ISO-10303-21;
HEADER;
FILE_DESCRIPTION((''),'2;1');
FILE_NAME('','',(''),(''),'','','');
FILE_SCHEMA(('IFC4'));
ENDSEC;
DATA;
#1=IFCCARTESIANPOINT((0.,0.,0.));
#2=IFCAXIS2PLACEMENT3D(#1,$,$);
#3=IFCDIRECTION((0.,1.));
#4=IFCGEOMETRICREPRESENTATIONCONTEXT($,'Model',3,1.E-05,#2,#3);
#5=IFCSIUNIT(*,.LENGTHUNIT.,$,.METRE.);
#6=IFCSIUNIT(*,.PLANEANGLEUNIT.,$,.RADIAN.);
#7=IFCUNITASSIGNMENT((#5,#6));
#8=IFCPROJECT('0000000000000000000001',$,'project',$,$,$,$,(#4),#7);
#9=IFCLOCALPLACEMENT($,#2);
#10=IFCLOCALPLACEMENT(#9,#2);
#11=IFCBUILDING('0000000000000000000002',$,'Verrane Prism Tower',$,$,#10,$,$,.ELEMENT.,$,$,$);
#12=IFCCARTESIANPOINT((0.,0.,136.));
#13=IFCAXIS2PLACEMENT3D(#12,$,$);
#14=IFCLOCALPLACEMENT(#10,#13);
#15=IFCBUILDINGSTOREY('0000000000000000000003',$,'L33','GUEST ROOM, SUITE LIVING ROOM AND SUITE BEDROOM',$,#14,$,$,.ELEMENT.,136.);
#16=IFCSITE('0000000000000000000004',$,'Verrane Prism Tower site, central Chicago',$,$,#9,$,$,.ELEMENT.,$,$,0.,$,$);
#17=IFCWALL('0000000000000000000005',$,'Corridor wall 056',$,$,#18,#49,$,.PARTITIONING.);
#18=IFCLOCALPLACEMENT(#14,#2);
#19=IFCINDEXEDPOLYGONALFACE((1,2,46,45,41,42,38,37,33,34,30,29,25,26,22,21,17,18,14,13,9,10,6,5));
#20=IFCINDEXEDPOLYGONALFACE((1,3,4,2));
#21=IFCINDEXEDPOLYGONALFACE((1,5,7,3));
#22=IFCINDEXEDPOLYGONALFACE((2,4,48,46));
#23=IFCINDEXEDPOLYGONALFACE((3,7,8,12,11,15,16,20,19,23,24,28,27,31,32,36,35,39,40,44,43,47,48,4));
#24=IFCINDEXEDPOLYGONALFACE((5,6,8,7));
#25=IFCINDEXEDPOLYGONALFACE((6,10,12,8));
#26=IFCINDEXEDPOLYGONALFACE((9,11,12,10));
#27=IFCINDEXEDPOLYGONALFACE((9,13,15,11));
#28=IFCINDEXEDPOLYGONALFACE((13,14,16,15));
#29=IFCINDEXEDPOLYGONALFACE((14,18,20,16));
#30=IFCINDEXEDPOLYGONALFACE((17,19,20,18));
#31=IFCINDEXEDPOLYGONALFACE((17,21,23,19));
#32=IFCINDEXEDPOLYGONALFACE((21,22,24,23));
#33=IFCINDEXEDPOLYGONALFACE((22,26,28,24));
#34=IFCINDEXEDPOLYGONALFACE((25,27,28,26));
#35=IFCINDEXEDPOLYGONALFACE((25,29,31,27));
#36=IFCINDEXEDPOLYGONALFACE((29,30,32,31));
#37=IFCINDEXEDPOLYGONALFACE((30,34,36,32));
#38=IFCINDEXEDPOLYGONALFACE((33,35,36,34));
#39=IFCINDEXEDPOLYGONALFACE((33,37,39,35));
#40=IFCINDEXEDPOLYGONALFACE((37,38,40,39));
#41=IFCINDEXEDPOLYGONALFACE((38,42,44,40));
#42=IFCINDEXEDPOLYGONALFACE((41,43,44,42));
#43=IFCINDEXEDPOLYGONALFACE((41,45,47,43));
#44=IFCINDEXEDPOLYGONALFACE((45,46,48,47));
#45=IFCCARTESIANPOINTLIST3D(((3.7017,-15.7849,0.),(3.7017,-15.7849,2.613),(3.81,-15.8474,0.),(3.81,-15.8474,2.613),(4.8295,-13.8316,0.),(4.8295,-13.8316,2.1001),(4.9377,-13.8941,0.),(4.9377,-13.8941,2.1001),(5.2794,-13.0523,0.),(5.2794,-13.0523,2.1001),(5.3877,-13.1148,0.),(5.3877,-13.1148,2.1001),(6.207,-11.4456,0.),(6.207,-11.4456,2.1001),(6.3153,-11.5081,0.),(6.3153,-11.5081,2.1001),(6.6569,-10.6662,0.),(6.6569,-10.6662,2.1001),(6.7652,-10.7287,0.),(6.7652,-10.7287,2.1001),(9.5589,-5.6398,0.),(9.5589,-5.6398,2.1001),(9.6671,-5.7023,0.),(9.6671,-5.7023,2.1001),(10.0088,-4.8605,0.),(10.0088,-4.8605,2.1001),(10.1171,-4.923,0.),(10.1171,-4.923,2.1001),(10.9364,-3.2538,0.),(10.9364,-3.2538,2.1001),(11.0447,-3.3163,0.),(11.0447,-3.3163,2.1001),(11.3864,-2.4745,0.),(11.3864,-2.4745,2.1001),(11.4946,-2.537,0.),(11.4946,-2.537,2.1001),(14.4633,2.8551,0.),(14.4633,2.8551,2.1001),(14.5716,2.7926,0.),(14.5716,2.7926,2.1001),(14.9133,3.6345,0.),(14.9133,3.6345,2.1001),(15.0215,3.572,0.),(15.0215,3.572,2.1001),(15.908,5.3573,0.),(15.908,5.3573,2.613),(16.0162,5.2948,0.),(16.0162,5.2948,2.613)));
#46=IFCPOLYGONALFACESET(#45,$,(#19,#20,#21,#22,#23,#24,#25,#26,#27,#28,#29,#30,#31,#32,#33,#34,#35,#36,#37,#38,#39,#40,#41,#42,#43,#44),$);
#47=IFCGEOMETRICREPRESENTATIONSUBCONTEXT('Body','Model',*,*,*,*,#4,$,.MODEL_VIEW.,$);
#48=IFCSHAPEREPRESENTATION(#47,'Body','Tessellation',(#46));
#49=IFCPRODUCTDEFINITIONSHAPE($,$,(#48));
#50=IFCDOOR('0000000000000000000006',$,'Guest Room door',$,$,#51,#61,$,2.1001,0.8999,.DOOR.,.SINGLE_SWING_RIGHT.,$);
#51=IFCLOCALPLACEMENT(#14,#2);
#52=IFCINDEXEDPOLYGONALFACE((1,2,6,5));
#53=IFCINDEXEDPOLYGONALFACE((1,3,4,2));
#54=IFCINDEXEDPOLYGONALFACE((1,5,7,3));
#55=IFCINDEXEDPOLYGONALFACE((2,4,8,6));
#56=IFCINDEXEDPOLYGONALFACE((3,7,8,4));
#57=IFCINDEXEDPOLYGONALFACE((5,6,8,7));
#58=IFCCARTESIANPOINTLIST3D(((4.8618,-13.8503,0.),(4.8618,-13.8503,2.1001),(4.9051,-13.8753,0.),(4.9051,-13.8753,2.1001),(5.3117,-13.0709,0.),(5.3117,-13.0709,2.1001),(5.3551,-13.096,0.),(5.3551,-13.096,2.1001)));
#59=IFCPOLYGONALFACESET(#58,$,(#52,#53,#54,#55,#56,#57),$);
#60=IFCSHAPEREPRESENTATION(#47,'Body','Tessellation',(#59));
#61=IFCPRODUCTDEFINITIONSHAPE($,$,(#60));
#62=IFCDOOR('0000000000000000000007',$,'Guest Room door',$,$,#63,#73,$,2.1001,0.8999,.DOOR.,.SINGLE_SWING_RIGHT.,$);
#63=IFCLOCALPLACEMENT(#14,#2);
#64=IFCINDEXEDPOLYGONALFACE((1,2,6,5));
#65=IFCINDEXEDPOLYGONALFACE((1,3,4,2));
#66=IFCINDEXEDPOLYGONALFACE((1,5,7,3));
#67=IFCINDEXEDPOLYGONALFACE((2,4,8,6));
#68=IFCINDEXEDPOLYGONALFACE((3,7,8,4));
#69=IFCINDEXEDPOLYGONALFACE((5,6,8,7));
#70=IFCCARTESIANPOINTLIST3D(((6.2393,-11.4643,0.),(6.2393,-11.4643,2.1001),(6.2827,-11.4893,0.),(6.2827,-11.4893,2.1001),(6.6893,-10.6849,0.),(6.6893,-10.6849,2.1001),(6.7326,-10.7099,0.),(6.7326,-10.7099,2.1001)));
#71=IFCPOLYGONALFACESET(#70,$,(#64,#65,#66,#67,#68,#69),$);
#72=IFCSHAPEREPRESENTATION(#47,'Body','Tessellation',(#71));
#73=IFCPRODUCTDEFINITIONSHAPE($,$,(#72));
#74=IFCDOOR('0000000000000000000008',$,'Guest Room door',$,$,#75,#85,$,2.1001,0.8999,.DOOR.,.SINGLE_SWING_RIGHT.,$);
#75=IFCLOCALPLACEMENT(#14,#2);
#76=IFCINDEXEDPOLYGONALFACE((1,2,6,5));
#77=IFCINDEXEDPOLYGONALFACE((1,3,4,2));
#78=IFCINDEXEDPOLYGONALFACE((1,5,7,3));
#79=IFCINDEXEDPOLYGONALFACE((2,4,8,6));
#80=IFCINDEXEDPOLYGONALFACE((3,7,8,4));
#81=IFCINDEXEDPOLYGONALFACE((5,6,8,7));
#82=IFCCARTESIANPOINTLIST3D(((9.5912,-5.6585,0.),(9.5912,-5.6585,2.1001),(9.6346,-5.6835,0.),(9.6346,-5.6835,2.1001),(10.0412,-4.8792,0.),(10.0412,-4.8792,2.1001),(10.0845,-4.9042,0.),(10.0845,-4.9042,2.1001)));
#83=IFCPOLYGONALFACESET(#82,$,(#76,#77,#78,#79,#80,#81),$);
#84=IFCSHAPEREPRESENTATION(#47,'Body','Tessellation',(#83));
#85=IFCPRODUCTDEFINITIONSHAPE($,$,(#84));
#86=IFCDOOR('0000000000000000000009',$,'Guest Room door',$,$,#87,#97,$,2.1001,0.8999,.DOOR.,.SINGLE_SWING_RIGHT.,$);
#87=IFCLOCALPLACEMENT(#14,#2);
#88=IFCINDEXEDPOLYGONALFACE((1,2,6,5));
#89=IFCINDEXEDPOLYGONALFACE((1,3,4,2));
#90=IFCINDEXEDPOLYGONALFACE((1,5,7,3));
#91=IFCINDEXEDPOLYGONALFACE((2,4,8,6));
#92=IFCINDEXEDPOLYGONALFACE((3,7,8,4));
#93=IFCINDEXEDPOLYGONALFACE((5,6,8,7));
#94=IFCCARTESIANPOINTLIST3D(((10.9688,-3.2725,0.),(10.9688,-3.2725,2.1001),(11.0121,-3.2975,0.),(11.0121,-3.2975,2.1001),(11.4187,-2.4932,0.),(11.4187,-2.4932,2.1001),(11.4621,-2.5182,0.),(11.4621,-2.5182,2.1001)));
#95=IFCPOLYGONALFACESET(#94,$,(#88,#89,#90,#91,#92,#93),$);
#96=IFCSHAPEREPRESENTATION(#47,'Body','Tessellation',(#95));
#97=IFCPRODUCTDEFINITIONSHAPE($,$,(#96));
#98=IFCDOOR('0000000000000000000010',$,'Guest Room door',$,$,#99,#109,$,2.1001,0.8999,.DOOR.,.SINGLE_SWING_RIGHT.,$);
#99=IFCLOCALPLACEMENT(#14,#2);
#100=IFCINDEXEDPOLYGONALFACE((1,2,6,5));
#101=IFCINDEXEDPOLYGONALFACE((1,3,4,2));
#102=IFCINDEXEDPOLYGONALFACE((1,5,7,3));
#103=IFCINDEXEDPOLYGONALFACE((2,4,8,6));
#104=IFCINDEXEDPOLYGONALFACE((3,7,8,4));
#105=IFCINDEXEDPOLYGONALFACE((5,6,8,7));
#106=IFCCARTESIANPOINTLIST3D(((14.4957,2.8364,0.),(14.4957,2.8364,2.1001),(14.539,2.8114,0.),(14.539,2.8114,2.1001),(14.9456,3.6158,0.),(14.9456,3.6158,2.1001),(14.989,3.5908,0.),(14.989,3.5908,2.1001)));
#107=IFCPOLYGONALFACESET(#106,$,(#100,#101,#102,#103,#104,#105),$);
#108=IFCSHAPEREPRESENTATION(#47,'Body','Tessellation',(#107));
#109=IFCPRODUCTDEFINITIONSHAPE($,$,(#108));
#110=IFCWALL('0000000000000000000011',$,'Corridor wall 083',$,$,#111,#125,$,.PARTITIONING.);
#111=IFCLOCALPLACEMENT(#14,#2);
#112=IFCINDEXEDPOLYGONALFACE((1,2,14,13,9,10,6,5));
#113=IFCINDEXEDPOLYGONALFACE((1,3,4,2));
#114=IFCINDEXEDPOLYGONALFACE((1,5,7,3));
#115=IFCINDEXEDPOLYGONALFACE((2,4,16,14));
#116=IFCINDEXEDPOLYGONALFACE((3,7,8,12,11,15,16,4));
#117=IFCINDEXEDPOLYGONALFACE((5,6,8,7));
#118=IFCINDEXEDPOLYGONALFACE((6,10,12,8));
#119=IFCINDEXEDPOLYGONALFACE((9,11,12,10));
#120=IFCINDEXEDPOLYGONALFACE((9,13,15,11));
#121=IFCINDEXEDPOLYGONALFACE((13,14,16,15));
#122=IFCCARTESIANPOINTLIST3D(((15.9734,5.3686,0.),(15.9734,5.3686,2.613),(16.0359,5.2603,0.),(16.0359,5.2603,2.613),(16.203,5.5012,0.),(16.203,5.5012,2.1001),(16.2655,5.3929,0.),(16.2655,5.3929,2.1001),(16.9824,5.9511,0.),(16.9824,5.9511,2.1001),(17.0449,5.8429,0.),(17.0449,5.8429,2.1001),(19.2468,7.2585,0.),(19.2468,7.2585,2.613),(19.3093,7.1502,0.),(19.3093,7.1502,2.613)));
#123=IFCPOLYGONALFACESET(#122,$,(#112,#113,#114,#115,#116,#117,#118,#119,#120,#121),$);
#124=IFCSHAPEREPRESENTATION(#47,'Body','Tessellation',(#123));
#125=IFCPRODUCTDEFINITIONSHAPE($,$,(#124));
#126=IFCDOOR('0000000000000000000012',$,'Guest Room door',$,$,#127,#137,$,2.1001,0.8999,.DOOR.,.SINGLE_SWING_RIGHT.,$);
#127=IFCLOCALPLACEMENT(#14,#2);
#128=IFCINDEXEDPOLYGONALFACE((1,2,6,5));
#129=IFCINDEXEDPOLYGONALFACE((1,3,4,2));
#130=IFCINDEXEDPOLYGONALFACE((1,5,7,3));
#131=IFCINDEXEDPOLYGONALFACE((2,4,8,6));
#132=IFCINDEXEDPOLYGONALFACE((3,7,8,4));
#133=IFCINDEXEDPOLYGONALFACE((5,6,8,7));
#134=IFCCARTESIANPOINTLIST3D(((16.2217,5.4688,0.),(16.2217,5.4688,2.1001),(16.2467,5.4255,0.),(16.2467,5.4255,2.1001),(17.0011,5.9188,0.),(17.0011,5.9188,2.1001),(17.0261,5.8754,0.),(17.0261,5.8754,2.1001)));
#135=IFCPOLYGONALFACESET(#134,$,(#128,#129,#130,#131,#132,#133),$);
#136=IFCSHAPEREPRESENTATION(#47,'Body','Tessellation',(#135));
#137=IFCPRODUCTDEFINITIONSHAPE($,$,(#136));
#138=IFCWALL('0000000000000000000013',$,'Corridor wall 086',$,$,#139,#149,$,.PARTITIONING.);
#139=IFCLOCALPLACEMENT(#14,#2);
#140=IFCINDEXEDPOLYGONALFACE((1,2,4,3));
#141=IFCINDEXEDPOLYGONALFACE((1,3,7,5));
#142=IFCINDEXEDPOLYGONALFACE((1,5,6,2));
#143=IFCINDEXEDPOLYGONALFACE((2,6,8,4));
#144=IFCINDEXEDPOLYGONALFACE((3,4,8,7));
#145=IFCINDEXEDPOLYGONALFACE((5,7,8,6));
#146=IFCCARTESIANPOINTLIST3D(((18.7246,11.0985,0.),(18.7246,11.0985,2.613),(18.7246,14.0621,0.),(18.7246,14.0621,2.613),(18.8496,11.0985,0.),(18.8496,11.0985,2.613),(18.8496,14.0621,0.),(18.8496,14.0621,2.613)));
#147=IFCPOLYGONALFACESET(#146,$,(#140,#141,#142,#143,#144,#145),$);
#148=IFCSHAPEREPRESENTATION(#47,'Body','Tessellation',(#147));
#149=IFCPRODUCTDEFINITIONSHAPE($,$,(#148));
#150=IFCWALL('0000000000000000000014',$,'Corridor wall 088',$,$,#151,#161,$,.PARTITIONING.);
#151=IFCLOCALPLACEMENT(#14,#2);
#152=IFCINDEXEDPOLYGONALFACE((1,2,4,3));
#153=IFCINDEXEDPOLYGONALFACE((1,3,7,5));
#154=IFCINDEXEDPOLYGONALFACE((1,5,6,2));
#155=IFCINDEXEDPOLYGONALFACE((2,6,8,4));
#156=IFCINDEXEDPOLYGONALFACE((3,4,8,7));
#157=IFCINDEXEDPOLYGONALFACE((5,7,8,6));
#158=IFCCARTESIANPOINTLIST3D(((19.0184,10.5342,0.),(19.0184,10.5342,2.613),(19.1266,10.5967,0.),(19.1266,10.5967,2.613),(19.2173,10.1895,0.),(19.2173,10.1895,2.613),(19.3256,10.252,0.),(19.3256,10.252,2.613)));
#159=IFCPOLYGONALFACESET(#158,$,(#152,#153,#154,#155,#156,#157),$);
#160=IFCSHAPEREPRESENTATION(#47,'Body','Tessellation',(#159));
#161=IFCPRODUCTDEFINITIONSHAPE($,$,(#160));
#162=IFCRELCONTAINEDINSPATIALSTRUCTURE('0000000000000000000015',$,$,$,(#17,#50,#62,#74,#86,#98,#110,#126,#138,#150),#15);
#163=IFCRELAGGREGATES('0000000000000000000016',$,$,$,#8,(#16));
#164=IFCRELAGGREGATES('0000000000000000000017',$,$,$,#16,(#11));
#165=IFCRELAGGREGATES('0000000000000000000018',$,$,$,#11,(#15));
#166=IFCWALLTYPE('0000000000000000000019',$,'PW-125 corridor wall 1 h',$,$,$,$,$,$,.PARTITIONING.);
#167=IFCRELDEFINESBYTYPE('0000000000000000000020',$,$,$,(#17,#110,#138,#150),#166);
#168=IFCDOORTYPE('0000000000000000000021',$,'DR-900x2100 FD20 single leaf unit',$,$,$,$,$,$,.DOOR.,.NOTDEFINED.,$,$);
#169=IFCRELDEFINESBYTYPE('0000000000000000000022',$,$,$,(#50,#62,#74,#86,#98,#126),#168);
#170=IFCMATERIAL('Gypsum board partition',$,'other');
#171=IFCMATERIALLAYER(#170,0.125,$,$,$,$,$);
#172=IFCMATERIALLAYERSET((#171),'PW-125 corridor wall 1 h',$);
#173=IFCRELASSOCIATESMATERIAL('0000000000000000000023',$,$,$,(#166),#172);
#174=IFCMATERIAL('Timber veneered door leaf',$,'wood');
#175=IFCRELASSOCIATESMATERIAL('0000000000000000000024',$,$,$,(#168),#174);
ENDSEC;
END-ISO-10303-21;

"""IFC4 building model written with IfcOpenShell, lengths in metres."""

from ifc_helpers import new_model, si_unit, direction, frame, frame_2d, origin, place, context, subcontext, project, spatial, rectangle, extrude, material, layer, layer_set, type_object, element, fill, save


model = new_model("IFC4")

# Units and contexts
model_context = context("Model", 3, precision=1e-05, world=origin(), true_north=direction((0.0, 1.0)))
body_context = subcontext(model_context, "Body", "Model", "MODEL_VIEW")
ifc_project = project(units=[si_unit("LENGTHUNIT", "METRE"), si_unit("PLANEANGLEUNIT", "RADIAN")], contexts=[model_context])

# Site, building, storey
site_placement = place(None, origin())
site = spatial("IfcSite", under=ifc_project, at=site_placement, Name="Verrane Prism Tower site, central Chicago", CompositionType="ELEMENT", RefElevation=0.0)
building_placement = place(site_placement, origin())
building = spatial("IfcBuilding", under=site, at=building_placement, Name="Verrane Prism Tower", CompositionType="ELEMENT")
storey_placement = place(building_placement, frame((0.0, 0.0, 136.0)))
storey = spatial("IfcBuildingStorey", under=building, at=storey_placement, Name="L33", Description="GUEST ROOM, SUITE LIVING ROOM AND SUITE BEDROOM", CompositionType="ELEMENT", Elevation=136.0)

# Wall, openings, doors
ifc_material_1 = material(Name="Gypsum board partition", Category="other")
ifc_layer_1 = layer(ifc_material_1, 0.125)
ifc_layer_set_1 = layer_set([ifc_layer_1], Name="PW-125 corridor wall 1 h")
wall_type_1 = type_object("IfcWallType", Name="PW-125 corridor wall 1 h", PredefinedType="PARTITIONING", material=ifc_layer_set_1)
wall_1_placement = place(storey_placement, frame((15.9622, 5.3262, 0.0), z_axis=(0.0, 0.0, 1.0), x_axis=(-0.499993, -0.86603, 0.0)))
wall_1 = element("IfcWall", 1, at=wall_1_placement, inside=storey, type_object=wall_type_1, Name="Corridor wall 056", PredefinedType="PARTITIONING", context=body_context, shape_type="SweptSolid", body=[
    extrude(rectangle(XDim=24.4128, YDim=0.125, at=frame_2d((12.2065, 0.0))), origin(), (0.0, 0.0, 1.0), 2.613),
])
opening_1_placement = place(wall_1_placement, frame((21.2576, 0.0, 0.0)))
opening_1 = element("IfcOpeningElement", 2, at=opening_1_placement, cuts=wall_1, PredefinedType="OPENING", context=body_context, shape_type="SweptSolid", body=[
    extrude(rectangle(XDim=0.8999, YDim=2.1001, at=frame_2d((0.45, 1.05))), frame((0.0, 0.0725, 0.0), z_axis=(0.0, -1.0, 0.0), x_axis=(1.0, 0.0, 0.0)), (0.0, 0.0, 1.0), 0.145),
])
opening_2_placement = place(wall_1_placement, frame((18.5024, 0.0, 0.0)))
opening_2 = element("IfcOpeningElement", 3, at=opening_2_placement, cuts=wall_1, PredefinedType="OPENING", context=body_context, shape_type="SweptSolid", body=[
    extrude(rectangle(XDim=0.8999, YDim=2.1001, at=frame_2d((0.45, 1.05))), frame((0.0, 0.0725, 0.0), z_axis=(0.0, -1.0, 0.0), x_axis=(1.0, 0.0, 0.0)), (0.0, 0.0, 1.0), 0.145),
])
opening_3_placement = place(wall_1_placement, frame((11.7986, 0.0, 0.0)))
opening_3 = element("IfcOpeningElement", 4, at=opening_3_placement, cuts=wall_1, PredefinedType="OPENING", context=body_context, shape_type="SweptSolid", body=[
    extrude(rectangle(XDim=0.8999, YDim=2.1001, at=frame_2d((0.45, 1.05))), frame((0.0, 0.0725, 0.0), z_axis=(0.0, -1.0, 0.0), x_axis=(1.0, 0.0, 0.0)), (0.0, 0.0, 1.0), 0.145),
])
opening_4_placement = place(wall_1_placement, frame((9.0435, 0.0, 0.0)))
opening_4 = element("IfcOpeningElement", 5, at=opening_4_placement, cuts=wall_1, PredefinedType="OPENING", context=body_context, shape_type="SweptSolid", body=[
    extrude(rectangle(XDim=0.8999, YDim=2.1001, at=frame_2d((0.45, 1.05))), frame((0.0, 0.0725, 0.0), z_axis=(0.0, -1.0, 0.0), x_axis=(1.0, 0.0, 0.0)), (0.0, 0.0, 1.0), 0.145),
])
opening_5_placement = place(wall_1_placement, frame((1.9895, 0.0, 0.0)))
opening_5 = element("IfcOpeningElement", 6, at=opening_5_placement, cuts=wall_1, PredefinedType="OPENING", context=body_context, shape_type="SweptSolid", body=[
    extrude(rectangle(XDim=0.8999, YDim=2.1001, at=frame_2d((0.45, 1.05))), frame((0.0, 0.0725, 0.0), z_axis=(0.0, -1.0, 0.0), x_axis=(1.0, 0.0, 0.0)), (0.0, 0.0, 1.0), 0.145),
])
ifc_material_2 = material(Name="Timber veneered door leaf", Category="wood")
door_type_1 = type_object("IfcDoorType", Name="DR-900x2100 FD20 single leaf unit", OperationType="NOTDEFINED", PredefinedType="DOOR", material=ifc_material_2)
door_1_placement = place(opening_1_placement, origin())
door_1 = element("IfcDoor", 7, at=door_1_placement, inside=storey, type_object=door_type_1, Name="Guest Room door", OperationType="SINGLE_SWING_RIGHT", OverallHeight=2.1001, OverallWidth=0.8999, PredefinedType="DOOR", context=body_context, shape_type="SweptSolid", body=[
    extrude(rectangle(XDim=0.8999, YDim=2.1001, at=frame_2d((0.45, 1.05))), frame((0.0, 0.0249, 0.0), z_axis=(0.0, -1.0, 0.0), x_axis=(1.0, 0.0, 0.0)), (0.0, 0.0, 1.0), 0.05),
])
fill(opening_1, door_1)
door_2_placement = place(opening_2_placement, origin())
door_2 = element("IfcDoor", 8, at=door_2_placement, inside=storey, type_object=door_type_1, Name="Guest Room door", OperationType="SINGLE_SWING_RIGHT", OverallHeight=2.1001, OverallWidth=0.8999, PredefinedType="DOOR", context=body_context, shape_type="SweptSolid", body=[
    extrude(rectangle(XDim=0.8999, YDim=2.1001, at=frame_2d((0.45, 1.05))), frame((0.0, 0.0249, 0.0), z_axis=(0.0, -1.0, 0.0), x_axis=(1.0, 0.0, 0.0)), (0.0, 0.0, 1.0), 0.05),
])
fill(opening_2, door_2)
door_3_placement = place(opening_3_placement, origin())
door_3 = element("IfcDoor", 9, at=door_3_placement, inside=storey, type_object=door_type_1, Name="Guest Room door", OperationType="SINGLE_SWING_RIGHT", OverallHeight=2.1001, OverallWidth=0.8999, PredefinedType="DOOR", context=body_context, shape_type="SweptSolid", body=[
    extrude(rectangle(XDim=0.8999, YDim=2.1001, at=frame_2d((0.45, 1.05))), frame((0.0, 0.0249, 0.0), z_axis=(0.0, -1.0, 0.0), x_axis=(1.0, 0.0, 0.0)), (0.0, 0.0, 1.0), 0.05),
])
fill(opening_3, door_3)
door_4_placement = place(opening_4_placement, origin())
door_4 = element("IfcDoor", 10, at=door_4_placement, inside=storey, type_object=door_type_1, Name="Guest Room door", OperationType="SINGLE_SWING_RIGHT", OverallHeight=2.1001, OverallWidth=0.8999, PredefinedType="DOOR", context=body_context, shape_type="SweptSolid", body=[
    extrude(rectangle(XDim=0.8999, YDim=2.1001, at=frame_2d((0.45, 1.05))), frame((0.0, 0.0249, 0.0), z_axis=(0.0, -1.0, 0.0), x_axis=(1.0, 0.0, 0.0)), (0.0, 0.0, 1.0), 0.05),
])
fill(opening_4, door_4)
door_5_placement = place(opening_5_placement, origin())
door_5 = element("IfcDoor", 11, at=door_5_placement, inside=storey, type_object=door_type_1, Name="Guest Room door", OperationType="SINGLE_SWING_RIGHT", OverallHeight=2.1001, OverallWidth=0.8999, PredefinedType="DOOR", context=body_context, shape_type="SweptSolid", body=[
    extrude(rectangle(XDim=0.8999, YDim=2.1001, at=frame_2d((0.45, 1.05))), frame((0.0, 0.0249, 0.0), z_axis=(0.0, -1.0, 0.0), x_axis=(1.0, 0.0, 0.0)), (0.0, 0.0, 1.0), 0.05),
])
fill(opening_5, door_5)

# Wall, opening, door
wall_2_placement = place(storey_placement, frame((19.2781, 7.2043, 0.0), z_axis=(0.0, 0.0, 1.0), x_axis=(-0.866029, -0.499995, 0.0)))
wall_2 = element("IfcWall", 12, at=wall_2_placement, inside=storey, type_object=wall_type_1, Name="Corridor wall 083", PredefinedType="PARTITIONING", context=body_context, shape_type="SweptSolid", body=[
    extrude(rectangle(XDim=3.7798, YDim=0.125, at=frame_2d((1.8899, 0.0))), origin(), (0.0, 0.0, 1.0), 2.613),
])
opening_6_placement = place(wall_2_placement, frame((2.6147, 0.0, 0.0)))
opening_6 = element("IfcOpeningElement", 13, at=opening_6_placement, cuts=wall_2, PredefinedType="OPENING", context=body_context, shape_type="SweptSolid", body=[
    extrude(rectangle(XDim=0.8999, YDim=2.1001, at=frame_2d((0.45, 1.05))), frame((0.0, 0.0725, 0.0), z_axis=(0.0, -1.0, 0.0), x_axis=(1.0, 0.0, 0.0)), (0.0, 0.0, 1.0), 0.145),
])
door_6_placement = place(opening_6_placement, origin())
door_6 = element("IfcDoor", 14, at=door_6_placement, inside=storey, type_object=door_type_1, Name="Guest Room door", OperationType="SINGLE_SWING_RIGHT", OverallHeight=2.1001, OverallWidth=0.8999, PredefinedType="DOOR", context=body_context, shape_type="SweptSolid", body=[
    extrude(rectangle(XDim=0.8999, YDim=2.1001, at=frame_2d((0.45, 1.05))), frame((0.0, 0.0249, 0.0), z_axis=(0.0, -1.0, 0.0), x_axis=(1.0, 0.0, 0.0)), (0.0, 0.0, 1.0), 0.05),
])
fill(opening_6, door_6)

# Walls
wall_3_placement = place(storey_placement, frame((18.7871, 11.0984, 0.0), z_axis=(0.0, 0.0, 1.0), x_axis=(0.0, 1.0, 0.0)))
element("IfcWall", 15, at=wall_3_placement, inside=storey, type_object=wall_type_1, Name="Corridor wall 086", PredefinedType="PARTITIONING", context=body_context, shape_type="SweptSolid", body=[
    extrude(rectangle(XDim=2.9636, YDim=0.125, at=frame_2d((1.4819, 0.0))), origin(), (0.0, 0.0, 1.0), 2.613),
])
wall_4_placement = place(storey_placement, frame((19.0725, 10.5654, 0.0), z_axis=(0.0, 0.0, 1.0), x_axis=(0.499899, -0.866083, 0.0)))
element("IfcWall", 16, at=wall_4_placement, inside=storey, type_object=wall_type_1, Name="Corridor wall 088", PredefinedType="PARTITIONING", context=body_context, shape_type="SweptSolid", body=[
    extrude(rectangle(XDim=0.3979, YDim=0.125, at=frame_2d((0.199, 0.0))), origin(), (0.0, 0.0, 1.0), 2.613),
])

save(model, "model.ifc")
